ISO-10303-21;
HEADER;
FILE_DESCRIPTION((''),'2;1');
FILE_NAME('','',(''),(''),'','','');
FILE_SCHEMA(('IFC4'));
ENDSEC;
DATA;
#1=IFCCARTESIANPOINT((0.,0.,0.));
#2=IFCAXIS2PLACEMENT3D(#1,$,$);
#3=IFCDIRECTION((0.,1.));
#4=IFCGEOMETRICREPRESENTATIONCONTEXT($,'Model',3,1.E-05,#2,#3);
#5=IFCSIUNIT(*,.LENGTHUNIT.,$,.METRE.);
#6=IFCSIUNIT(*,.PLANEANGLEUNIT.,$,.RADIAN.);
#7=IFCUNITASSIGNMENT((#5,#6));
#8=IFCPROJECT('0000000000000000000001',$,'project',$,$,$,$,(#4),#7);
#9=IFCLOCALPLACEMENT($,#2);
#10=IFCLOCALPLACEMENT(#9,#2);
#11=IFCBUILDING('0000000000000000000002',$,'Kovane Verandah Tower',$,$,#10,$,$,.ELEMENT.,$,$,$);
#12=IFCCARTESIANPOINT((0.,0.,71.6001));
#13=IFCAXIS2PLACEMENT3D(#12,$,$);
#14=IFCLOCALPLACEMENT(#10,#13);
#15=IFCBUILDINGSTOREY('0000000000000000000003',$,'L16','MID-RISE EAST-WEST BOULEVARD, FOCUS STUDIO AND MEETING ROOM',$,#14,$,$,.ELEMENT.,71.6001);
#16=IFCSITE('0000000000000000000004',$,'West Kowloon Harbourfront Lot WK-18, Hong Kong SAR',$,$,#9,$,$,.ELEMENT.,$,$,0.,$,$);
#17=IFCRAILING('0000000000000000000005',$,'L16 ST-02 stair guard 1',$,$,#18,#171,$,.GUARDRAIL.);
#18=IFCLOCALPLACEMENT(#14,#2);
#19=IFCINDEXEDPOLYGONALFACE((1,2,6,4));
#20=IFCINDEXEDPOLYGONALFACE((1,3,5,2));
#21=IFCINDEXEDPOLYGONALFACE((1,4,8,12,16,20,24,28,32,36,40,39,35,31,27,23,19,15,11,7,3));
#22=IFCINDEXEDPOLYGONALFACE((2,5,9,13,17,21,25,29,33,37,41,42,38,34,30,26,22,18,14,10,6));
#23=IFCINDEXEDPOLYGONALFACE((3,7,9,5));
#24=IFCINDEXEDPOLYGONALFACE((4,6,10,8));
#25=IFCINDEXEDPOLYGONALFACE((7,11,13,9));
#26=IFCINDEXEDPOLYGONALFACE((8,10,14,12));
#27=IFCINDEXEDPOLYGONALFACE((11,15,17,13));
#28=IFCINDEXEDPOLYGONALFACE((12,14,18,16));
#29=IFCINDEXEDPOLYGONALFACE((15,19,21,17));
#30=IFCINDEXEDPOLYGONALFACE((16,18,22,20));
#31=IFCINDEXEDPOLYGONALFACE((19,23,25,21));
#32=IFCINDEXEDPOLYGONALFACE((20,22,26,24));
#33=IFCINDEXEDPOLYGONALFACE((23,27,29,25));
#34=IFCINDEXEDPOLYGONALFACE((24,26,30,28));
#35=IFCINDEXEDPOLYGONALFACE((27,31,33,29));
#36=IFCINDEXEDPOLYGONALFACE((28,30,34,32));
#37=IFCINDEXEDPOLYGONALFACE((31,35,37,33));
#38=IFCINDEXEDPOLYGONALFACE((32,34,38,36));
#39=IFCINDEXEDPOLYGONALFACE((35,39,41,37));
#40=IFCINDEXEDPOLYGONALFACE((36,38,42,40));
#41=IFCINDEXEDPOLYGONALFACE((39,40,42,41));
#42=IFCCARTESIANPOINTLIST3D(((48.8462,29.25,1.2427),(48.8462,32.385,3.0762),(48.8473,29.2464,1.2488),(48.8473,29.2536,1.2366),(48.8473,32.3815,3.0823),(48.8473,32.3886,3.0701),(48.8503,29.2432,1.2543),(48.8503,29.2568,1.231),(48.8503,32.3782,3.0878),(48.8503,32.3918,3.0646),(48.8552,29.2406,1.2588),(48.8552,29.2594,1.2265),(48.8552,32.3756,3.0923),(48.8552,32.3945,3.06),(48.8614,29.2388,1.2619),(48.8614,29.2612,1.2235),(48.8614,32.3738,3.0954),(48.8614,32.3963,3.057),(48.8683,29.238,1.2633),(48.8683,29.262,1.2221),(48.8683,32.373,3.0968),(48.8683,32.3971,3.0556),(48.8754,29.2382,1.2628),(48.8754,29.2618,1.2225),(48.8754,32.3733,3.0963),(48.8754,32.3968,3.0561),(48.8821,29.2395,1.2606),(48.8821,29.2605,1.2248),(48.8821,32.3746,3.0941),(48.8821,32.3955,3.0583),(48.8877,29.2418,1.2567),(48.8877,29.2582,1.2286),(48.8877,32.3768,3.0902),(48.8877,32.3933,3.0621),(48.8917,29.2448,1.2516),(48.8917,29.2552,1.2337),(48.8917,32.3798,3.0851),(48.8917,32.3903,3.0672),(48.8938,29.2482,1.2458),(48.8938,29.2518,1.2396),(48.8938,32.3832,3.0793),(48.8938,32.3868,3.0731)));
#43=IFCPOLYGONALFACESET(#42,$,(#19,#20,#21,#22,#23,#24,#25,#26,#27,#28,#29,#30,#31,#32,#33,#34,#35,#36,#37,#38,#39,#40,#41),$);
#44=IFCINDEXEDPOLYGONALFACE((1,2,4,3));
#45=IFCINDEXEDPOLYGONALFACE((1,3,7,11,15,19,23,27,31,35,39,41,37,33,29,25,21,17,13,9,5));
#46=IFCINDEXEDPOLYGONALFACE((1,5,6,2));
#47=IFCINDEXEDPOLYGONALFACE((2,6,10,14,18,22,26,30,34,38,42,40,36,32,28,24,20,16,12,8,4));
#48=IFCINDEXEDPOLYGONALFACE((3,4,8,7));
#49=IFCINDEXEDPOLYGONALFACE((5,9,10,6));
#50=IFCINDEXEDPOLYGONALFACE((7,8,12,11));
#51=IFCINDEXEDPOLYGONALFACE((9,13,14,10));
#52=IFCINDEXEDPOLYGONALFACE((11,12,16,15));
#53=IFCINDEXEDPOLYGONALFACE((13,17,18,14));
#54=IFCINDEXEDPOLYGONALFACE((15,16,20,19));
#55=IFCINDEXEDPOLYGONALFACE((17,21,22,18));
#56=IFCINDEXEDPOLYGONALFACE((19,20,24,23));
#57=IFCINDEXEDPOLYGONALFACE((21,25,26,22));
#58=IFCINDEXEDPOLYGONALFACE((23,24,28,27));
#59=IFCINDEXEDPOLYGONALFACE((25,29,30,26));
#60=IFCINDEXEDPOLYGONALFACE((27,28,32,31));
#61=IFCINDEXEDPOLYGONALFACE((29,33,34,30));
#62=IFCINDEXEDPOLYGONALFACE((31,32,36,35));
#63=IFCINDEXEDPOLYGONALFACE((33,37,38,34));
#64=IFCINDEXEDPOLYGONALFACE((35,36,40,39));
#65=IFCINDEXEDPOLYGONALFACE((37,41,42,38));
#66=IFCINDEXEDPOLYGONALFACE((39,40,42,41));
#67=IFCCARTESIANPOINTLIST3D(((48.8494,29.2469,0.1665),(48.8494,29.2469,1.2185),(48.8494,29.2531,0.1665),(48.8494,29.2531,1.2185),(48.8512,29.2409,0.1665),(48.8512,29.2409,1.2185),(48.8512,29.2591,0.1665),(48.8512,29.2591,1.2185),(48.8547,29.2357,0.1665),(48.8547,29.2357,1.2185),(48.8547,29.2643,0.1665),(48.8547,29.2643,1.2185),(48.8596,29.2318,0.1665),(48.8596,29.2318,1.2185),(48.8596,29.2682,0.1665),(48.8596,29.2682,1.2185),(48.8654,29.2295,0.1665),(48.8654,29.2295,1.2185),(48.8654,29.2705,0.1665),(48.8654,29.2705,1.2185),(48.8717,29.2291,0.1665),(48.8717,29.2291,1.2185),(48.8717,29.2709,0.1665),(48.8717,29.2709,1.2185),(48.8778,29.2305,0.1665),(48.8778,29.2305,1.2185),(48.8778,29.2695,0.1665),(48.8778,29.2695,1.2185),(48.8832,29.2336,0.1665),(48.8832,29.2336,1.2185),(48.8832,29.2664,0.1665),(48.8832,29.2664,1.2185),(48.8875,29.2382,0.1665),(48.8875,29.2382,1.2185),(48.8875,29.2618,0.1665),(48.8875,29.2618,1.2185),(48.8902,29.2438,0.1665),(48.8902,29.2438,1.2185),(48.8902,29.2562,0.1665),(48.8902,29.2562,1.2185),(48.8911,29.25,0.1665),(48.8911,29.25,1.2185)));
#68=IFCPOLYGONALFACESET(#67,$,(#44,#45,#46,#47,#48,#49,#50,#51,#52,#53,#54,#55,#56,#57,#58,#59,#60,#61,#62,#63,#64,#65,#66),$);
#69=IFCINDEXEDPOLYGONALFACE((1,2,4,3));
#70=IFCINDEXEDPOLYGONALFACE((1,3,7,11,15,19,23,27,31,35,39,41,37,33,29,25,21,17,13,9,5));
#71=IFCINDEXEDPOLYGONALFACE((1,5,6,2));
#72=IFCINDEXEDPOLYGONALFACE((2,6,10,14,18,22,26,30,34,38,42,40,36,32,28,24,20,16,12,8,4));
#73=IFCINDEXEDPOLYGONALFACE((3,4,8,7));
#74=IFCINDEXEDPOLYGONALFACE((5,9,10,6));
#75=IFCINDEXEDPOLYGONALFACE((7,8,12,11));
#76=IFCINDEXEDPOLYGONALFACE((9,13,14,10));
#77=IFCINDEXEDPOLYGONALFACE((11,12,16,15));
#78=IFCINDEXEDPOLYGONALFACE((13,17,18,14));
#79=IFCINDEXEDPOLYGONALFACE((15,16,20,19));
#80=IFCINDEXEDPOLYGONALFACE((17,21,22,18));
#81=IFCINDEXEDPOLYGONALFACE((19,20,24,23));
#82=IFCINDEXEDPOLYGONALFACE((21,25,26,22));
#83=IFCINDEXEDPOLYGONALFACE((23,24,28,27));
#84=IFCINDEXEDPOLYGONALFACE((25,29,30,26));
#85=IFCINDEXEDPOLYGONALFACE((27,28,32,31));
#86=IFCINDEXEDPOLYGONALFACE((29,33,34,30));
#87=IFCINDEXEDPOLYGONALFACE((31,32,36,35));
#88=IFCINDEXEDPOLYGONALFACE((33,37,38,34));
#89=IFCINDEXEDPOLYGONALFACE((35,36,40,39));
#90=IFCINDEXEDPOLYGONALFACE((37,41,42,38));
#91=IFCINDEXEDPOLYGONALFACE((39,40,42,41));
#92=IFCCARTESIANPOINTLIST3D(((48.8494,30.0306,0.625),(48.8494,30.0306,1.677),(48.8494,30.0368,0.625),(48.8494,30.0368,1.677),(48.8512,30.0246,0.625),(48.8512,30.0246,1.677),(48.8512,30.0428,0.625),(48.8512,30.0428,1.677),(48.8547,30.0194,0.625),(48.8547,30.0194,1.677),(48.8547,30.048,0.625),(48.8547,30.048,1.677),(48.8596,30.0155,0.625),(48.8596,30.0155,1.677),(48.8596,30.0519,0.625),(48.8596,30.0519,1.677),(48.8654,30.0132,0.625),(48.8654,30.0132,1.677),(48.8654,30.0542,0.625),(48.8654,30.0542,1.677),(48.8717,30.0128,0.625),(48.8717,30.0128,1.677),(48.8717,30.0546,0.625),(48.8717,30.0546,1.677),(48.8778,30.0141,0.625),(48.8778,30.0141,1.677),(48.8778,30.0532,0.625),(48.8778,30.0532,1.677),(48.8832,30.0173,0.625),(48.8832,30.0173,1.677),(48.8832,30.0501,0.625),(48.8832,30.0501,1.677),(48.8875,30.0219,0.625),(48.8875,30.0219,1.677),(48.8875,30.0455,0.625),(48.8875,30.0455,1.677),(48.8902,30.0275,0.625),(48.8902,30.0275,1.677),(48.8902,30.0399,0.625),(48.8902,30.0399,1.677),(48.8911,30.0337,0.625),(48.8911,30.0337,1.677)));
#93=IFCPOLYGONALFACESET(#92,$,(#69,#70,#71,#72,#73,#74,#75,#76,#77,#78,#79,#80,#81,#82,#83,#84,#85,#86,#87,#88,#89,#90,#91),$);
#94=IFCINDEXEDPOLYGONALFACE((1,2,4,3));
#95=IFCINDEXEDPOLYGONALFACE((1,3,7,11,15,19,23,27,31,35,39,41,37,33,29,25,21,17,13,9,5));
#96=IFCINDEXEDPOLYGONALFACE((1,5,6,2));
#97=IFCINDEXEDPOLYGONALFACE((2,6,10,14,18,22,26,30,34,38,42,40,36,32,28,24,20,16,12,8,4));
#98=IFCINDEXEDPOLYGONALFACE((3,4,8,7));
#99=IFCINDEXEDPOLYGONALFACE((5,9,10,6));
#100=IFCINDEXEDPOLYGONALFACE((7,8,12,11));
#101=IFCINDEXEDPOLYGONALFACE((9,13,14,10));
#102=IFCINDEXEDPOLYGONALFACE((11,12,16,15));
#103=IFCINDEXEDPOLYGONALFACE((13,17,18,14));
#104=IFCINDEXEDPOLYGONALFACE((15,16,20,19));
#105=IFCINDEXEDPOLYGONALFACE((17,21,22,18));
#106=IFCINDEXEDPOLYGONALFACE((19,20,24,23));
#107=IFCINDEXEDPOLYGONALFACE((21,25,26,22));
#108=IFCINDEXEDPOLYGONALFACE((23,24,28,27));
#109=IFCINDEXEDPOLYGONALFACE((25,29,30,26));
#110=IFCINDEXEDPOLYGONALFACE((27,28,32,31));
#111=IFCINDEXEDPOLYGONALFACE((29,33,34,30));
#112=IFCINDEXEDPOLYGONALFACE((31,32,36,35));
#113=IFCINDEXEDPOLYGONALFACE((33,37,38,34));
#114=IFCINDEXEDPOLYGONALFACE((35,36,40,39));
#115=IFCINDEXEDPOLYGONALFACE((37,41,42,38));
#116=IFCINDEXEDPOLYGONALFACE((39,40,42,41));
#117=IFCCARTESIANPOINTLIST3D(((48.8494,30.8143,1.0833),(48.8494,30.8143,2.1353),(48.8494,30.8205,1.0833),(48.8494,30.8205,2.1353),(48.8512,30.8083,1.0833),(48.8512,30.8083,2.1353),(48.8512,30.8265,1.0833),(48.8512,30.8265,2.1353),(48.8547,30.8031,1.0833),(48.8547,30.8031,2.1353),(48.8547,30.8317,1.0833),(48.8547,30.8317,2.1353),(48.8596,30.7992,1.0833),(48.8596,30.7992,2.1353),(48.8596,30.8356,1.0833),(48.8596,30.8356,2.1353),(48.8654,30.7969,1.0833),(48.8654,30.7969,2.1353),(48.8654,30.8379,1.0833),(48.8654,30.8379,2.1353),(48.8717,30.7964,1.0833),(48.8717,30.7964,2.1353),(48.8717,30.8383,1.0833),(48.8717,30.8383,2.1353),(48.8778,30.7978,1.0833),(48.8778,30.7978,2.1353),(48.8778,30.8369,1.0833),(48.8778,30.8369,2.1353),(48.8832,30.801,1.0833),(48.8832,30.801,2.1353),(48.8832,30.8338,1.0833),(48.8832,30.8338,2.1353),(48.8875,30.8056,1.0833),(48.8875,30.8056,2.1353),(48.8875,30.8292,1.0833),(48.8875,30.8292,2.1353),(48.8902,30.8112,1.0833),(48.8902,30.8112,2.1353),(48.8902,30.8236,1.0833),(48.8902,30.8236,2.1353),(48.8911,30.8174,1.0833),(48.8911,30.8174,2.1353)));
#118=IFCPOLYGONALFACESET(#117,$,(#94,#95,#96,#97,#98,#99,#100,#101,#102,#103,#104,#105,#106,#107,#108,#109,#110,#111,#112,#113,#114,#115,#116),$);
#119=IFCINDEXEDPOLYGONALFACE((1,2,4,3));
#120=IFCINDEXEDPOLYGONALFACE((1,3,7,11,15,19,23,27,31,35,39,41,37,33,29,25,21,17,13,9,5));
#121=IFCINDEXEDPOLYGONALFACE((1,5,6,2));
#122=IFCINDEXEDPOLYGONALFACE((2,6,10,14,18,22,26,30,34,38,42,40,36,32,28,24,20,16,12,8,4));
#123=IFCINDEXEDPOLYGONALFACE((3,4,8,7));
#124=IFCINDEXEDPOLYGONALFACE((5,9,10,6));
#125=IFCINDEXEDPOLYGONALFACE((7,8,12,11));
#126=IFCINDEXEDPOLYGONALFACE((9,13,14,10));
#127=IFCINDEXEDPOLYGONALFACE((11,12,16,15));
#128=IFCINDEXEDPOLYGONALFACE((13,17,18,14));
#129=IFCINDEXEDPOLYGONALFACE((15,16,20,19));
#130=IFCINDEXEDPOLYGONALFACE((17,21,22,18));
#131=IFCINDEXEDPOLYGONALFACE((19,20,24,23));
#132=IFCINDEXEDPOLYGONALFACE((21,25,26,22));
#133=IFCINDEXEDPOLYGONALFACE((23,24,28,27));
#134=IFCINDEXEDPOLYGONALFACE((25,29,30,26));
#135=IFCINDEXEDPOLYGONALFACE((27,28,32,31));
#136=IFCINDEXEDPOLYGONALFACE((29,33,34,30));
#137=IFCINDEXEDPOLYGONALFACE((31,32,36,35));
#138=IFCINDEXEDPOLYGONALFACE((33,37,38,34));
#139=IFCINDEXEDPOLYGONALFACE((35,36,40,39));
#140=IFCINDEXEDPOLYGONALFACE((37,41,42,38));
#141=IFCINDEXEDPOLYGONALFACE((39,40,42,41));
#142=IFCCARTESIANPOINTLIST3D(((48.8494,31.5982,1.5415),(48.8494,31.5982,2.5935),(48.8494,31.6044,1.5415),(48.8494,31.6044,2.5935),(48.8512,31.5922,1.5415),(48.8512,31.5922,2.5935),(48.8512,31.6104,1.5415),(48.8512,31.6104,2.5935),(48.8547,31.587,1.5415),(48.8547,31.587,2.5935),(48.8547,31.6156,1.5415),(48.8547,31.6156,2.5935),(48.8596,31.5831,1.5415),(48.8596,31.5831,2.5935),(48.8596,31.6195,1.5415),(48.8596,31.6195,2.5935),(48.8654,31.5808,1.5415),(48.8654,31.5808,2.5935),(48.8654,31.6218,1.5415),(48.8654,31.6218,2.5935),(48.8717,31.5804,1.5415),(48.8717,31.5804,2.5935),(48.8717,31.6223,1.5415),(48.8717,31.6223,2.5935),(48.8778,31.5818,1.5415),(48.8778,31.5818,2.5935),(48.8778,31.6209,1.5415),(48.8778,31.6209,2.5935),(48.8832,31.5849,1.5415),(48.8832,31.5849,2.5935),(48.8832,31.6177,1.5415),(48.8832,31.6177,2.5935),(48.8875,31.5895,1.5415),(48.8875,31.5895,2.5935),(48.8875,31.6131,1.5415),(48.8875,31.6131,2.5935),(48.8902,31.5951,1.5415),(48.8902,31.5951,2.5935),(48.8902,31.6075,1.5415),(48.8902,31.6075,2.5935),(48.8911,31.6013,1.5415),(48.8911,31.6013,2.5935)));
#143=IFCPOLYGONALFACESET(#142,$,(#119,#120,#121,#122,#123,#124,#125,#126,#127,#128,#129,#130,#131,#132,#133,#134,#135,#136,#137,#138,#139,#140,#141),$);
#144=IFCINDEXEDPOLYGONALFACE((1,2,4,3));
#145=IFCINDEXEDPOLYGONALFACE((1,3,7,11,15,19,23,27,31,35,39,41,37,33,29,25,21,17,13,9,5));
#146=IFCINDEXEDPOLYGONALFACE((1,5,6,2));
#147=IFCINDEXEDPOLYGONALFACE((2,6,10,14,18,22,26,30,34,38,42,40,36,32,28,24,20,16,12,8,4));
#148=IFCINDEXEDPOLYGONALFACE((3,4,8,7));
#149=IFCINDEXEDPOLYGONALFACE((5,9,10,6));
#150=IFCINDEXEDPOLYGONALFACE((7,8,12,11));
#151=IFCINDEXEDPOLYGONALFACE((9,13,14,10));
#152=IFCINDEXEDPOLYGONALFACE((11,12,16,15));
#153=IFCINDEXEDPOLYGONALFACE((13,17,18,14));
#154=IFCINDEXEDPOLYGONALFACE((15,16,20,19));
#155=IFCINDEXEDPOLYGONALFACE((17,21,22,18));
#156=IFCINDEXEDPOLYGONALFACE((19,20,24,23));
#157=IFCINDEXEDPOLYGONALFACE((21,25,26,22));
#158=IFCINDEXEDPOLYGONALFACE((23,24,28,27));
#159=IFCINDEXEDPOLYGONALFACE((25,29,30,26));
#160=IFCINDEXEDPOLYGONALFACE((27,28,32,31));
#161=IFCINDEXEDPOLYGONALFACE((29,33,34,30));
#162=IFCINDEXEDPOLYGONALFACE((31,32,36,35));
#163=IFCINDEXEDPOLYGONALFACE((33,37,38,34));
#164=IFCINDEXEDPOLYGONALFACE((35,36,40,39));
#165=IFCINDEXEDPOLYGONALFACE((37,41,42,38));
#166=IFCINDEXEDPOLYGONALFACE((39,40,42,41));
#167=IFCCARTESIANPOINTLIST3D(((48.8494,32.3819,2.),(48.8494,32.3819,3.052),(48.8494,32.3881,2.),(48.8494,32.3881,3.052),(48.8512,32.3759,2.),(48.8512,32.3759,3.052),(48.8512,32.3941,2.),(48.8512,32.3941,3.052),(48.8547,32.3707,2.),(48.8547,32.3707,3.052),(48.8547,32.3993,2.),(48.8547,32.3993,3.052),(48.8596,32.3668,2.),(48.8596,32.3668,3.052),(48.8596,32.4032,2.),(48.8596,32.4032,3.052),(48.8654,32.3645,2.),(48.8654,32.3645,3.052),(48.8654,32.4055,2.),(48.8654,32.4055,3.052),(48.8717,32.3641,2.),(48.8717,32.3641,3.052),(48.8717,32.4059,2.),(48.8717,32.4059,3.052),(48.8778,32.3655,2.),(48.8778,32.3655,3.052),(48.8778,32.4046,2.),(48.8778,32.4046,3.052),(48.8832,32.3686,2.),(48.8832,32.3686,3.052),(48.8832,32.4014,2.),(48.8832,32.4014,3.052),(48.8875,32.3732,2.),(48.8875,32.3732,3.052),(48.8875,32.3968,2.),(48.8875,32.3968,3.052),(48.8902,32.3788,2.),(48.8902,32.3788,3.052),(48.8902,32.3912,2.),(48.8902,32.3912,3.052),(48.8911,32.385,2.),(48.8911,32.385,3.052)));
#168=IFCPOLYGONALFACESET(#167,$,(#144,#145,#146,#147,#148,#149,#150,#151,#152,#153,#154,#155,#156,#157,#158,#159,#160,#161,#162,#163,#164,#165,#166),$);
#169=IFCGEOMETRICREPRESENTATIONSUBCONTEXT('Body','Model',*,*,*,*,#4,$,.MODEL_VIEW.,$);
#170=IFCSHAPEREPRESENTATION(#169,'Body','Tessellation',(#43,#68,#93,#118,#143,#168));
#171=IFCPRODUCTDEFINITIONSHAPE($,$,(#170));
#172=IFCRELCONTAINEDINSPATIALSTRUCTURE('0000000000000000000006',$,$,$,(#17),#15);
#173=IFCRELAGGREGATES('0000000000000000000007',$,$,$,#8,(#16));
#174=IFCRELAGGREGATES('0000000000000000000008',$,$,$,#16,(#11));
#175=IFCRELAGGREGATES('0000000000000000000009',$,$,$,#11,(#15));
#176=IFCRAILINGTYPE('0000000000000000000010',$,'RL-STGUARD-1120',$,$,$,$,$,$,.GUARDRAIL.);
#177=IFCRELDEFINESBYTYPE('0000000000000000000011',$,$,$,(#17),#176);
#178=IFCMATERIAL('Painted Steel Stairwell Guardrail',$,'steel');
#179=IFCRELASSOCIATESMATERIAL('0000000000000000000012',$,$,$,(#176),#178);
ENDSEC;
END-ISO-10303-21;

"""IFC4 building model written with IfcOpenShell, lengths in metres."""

from ifc_helpers import new_model, si_unit, direction, frame, origin, origin_2d, place, context, subcontext, project, spatial, circle, extrude, material, type_object, element, save


model = new_model("IFC4")

# Units and contexts
model_context = context("Model", 3, precision=1e-05, world=origin(), true_north=direction((0.0, 1.0)))
body_context = subcontext(model_context, "Body", "Model", "MODEL_VIEW")
ifc_project = project(units=[si_unit("LENGTHUNIT", "METRE"), si_unit("PLANEANGLEUNIT", "RADIAN")], contexts=[model_context])

# Site, building, storey
site_placement = place(None, origin())
site = spatial("IfcSite", under=ifc_project, at=site_placement, Name="West Kowloon Harbourfront Lot WK-18, Hong Kong SAR", CompositionType="ELEMENT", RefElevation=0.0)
building_placement = place(site_placement, origin())
building = spatial("IfcBuilding", under=site, at=building_placement, Name="Kovane Verandah Tower", CompositionType="ELEMENT")
storey_placement = place(building_placement, frame((0.0, 0.0, 71.6001)))
storey = spatial("IfcBuildingStorey", under=building, at=storey_placement, Name="L16", Description="MID-RISE EAST-WEST BOULEVARD, FOCUS STUDIO AND MEETING ROOM", CompositionType="ELEMENT", Elevation=71.6001)

# Railing
ifc_material_1 = material(Name="Painted Steel Stairwell Guardrail", Category="steel")
railing_type_1 = type_object("IfcRailingType", Name="RL-STGUARD-1120", PredefinedType="GUARDRAIL", material=ifc_material_1)
railing_1_placement = place(storey_placement, frame((48.8701, 29.25, 0.1665)))
element("IfcRailing", 1, at=railing_1_placement, inside=storey, type_object=railing_type_1, Name="L16 ST-02 stair guard 1", PredefinedType="GUARDRAIL", context=body_context, shape_type="SweptSolid", body=[
    extrude(circle(Radius=0.0239, at=origin_2d()), frame((0.0, 0.0, 1.0762), z_axis=(0.0, 0.86321, 0.504845), x_axis=(-1.0, 0.0, 0.0)), (0.0, 0.0, 1.0), 3.6318),
    extrude(circle(Radius=0.021, at=origin_2d()), origin(), (0.0, 0.0, 1.0), 1.052),
    extrude(circle(Radius=0.021, at=origin_2d()), frame((0.0, 0.7837, 0.4585)), (0.0, 0.0, 1.0), 1.052),
    extrude(circle(Radius=0.021, at=origin_2d()), frame((0.0, 1.5674, 0.9167)), (0.0, 0.0, 1.0), 1.052),
    extrude(circle(Radius=0.021, at=origin_2d()), frame((0.0, 2.3513, 1.375)), (0.0, 0.0, 1.0), 1.052),
    extrude(circle(Radius=0.021, at=origin_2d()), frame((0.0, 3.135, 1.8335)), (0.0, 0.0, 1.0), 1.052),
])

save(model, "model.ifc")
